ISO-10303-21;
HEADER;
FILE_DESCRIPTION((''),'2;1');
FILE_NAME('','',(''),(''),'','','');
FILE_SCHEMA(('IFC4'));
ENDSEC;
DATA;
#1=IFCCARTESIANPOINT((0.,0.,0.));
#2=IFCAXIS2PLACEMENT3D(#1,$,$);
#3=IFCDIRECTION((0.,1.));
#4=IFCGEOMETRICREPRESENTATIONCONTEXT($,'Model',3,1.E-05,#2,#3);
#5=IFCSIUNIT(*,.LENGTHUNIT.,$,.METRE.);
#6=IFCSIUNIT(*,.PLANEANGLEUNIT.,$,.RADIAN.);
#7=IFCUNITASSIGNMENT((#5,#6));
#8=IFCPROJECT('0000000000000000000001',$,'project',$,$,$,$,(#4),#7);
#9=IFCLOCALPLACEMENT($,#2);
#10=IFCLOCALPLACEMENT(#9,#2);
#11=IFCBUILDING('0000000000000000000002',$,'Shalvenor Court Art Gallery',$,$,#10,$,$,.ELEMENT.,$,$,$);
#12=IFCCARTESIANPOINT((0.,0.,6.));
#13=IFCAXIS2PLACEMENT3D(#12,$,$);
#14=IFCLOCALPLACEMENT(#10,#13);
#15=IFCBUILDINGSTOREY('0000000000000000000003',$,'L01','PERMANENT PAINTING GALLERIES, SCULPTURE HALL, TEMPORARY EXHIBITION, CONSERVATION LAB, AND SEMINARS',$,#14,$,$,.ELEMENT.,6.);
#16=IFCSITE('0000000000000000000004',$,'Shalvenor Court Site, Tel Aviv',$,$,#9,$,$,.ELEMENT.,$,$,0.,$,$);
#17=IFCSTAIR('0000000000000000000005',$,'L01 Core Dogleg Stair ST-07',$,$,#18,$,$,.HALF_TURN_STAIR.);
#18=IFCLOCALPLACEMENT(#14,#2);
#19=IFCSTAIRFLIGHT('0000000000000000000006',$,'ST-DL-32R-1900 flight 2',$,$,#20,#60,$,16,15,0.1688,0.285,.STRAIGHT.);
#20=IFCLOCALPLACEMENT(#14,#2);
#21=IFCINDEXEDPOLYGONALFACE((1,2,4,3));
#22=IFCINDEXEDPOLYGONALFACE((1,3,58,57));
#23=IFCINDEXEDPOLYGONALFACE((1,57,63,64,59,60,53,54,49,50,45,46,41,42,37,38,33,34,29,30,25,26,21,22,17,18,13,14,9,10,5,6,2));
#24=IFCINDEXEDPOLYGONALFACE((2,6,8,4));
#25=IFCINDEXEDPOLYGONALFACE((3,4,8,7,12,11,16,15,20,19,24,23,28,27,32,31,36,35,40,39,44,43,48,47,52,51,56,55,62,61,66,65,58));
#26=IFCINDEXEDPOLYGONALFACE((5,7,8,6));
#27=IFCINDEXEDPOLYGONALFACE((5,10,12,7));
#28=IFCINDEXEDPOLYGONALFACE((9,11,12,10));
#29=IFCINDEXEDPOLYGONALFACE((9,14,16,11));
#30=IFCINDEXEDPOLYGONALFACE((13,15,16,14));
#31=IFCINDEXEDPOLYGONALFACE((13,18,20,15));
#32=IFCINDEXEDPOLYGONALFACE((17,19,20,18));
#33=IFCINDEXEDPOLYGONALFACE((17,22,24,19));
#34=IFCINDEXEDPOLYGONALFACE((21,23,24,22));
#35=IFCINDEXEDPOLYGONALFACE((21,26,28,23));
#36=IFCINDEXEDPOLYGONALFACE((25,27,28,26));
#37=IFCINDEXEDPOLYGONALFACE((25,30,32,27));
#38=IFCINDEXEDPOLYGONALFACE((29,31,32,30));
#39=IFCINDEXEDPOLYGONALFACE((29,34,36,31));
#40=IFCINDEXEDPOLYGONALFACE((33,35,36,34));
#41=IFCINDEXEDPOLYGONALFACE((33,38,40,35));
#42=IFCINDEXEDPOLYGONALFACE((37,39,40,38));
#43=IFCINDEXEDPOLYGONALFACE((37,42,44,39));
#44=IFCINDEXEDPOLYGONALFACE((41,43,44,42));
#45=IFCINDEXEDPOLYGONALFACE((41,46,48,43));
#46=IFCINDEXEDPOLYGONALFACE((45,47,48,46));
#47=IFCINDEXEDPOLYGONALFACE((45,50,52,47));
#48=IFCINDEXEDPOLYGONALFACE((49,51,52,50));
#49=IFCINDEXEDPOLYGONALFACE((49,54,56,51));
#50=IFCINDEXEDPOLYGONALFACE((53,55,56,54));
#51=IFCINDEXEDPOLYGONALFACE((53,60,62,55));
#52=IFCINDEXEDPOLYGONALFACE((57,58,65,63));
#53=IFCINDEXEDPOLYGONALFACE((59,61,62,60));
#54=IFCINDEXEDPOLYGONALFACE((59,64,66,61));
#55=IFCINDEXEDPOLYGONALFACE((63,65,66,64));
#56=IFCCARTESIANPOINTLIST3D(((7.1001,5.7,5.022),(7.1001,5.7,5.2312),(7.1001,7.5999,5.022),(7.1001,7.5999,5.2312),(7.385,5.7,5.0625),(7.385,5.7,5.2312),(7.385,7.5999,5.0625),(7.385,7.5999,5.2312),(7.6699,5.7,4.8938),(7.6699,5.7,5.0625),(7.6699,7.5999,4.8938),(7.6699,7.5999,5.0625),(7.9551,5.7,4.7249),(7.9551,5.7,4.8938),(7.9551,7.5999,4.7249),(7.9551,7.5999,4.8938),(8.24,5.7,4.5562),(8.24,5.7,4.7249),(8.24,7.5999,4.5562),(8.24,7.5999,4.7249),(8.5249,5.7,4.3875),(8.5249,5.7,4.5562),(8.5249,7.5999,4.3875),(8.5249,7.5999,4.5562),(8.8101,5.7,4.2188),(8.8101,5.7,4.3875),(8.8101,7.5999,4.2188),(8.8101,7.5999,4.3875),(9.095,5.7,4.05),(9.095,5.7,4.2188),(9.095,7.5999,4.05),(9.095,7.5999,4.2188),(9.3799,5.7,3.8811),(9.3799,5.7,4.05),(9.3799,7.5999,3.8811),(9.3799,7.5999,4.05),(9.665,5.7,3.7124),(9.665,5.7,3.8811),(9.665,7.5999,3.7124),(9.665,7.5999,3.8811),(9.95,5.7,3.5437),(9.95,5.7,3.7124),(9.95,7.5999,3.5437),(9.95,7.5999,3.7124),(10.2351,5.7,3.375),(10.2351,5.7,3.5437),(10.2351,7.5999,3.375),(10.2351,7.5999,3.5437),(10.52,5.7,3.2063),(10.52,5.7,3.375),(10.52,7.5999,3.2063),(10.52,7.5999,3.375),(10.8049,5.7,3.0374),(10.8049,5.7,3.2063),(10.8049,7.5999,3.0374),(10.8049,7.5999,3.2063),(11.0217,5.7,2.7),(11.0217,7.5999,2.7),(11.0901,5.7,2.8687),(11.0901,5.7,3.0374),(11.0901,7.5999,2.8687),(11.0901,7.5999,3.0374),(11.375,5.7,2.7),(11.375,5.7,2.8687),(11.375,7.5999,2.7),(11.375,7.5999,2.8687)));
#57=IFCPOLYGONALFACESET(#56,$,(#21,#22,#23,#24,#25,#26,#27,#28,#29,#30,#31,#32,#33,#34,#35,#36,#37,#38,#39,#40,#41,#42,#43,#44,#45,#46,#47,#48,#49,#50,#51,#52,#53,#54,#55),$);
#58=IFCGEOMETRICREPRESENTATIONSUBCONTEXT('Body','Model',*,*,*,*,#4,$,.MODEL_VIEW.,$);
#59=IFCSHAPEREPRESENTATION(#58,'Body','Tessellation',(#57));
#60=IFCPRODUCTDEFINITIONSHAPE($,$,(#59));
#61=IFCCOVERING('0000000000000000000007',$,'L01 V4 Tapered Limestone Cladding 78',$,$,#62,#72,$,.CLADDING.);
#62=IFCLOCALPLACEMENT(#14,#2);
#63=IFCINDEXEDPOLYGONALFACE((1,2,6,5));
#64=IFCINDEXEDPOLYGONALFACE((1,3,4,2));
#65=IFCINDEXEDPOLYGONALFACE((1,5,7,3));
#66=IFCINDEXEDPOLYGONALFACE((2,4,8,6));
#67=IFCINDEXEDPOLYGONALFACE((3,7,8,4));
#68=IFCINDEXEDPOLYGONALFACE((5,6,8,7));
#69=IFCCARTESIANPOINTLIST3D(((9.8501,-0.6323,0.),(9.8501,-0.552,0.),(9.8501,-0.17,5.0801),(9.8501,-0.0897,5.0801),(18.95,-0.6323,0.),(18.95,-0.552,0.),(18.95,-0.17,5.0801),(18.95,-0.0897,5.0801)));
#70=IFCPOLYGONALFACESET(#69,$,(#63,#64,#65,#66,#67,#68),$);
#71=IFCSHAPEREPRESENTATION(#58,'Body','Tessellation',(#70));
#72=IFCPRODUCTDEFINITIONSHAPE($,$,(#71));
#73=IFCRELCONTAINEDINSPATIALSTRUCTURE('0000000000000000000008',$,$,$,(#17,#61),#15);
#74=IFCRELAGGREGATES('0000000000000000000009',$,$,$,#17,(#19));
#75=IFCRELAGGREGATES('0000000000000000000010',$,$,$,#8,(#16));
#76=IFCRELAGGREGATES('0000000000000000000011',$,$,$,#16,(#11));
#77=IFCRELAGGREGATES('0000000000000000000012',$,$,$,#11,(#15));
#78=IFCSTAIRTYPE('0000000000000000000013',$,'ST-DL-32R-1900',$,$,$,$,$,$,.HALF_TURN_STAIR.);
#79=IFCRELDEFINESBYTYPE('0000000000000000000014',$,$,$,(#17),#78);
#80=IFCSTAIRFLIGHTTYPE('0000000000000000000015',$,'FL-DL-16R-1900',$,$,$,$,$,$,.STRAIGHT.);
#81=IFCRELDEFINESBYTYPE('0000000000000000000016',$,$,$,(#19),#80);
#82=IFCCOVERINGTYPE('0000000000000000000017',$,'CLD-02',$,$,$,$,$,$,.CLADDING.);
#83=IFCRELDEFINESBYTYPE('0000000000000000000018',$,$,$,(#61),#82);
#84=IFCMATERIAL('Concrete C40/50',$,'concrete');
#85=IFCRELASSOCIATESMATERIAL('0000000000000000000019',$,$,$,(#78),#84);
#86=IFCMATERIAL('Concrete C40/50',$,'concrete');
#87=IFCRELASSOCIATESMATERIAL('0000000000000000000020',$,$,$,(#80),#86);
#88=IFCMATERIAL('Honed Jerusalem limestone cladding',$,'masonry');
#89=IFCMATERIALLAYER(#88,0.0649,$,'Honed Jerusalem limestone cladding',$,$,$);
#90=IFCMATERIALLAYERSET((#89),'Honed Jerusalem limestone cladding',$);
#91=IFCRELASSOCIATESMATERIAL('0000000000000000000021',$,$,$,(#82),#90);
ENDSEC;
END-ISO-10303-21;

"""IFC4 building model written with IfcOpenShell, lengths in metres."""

from ifc_helpers import new_model, si_unit, direction, frame, origin, place, context, subcontext, project, spatial, polyline, outline, extrude, material, layer, layer_set, type_object, element, aggregate, save


model = new_model("IFC4")

# Units and contexts
model_context = context("Model", 3, precision=1e-05, world=origin(), true_north=direction((0.0, 1.0)))
body_context = subcontext(model_context, "Body", "Model", "MODEL_VIEW")
ifc_project = project(units=[si_unit("LENGTHUNIT", "METRE"), si_unit("PLANEANGLEUNIT", "RADIAN")], contexts=[model_context])

# Site, building, storey
site_placement = place(None, origin())
site = spatial("IfcSite", under=ifc_project, at=site_placement, Name="Shalvenor Court Site, Tel Aviv", CompositionType="ELEMENT", RefElevation=0.0)
building_placement = place(site_placement, origin())
building = spatial("IfcBuilding", under=site, at=building_placement, Name="Shalvenor Court Art Gallery", CompositionType="ELEMENT")
storey_placement = place(building_placement, frame((0.0, 0.0, 6.0)))
storey = spatial("IfcBuildingStorey", under=building, at=storey_placement, Name="L01", Description="PERMANENT PAINTING GALLERIES, SCULPTURE HALL, TEMPORARY EXHIBITION, CONSERVATION LAB, AND SEMINARS", CompositionType="ELEMENT", Elevation=6.0)

# Stair, stair flight
ifc_material_1 = material(Name="Concrete C40/50", Category="concrete")
stair_type = type_object("IfcStairType", Name="ST-DL-32R-1900", PredefinedType="HALF_TURN_STAIR", material=ifc_material_1)
stair_placement = place(storey_placement, origin())
stair = element("IfcStair", 1, at=stair_placement, inside=storey, type_object=stair_type, Name="L01 Core Dogleg Stair ST-07", PredefinedType="HALF_TURN_STAIR")
ifc_material_2 = material(Name="Concrete C40/50", Category="concrete")
stair_flight_type = type_object("IfcStairFlightType", Name="FL-DL-16R-1900", PredefinedType="STRAIGHT", material=ifc_material_2)
stair_flight_1_placement = place(storey_placement, frame((11.375, 6.6499, 2.7), z_axis=(0.0, 0.0, 1.0), x_axis=(-1.0, 0.0, 0.0)))
stair_flight_1 = element("IfcStairFlight", 2, at=stair_flight_1_placement, type_object=stair_flight_type, Name="ST-DL-32R-1900 flight 2", NumberOfRisers=16, NumberOfTreads=15, PredefinedType="STRAIGHT", RiserHeight=0.1688, TreadLength=0.285, context=body_context, shape_type="SweptSolid", body=[
    extrude(outline(polyline([(0.0, 0.0), (0.0, 0.1687), (0.2849, 0.1687), (0.2849, 0.3374), (0.5701, 0.3374), (0.5701, 0.5063), (0.855, 0.5063), (0.855, 0.675), (1.1399, 0.675), (1.1399, 0.8438), (1.425, 0.8438), (1.425, 1.0125), (1.71, 1.0125), (1.71, 1.1812), (1.9951, 1.1812), (1.9951, 1.3501), (2.28, 1.3501), (2.28, 1.5188), (2.5649, 1.5188), (2.5649, 1.6875), (2.8501, 1.6875), (2.8501, 1.8562), (3.135, 1.8562), (3.135, 2.0249), (3.4199, 2.0249), (3.4199, 2.1938), (3.7051, 2.1938), (3.7051, 2.3625), (3.99, 2.3625), (3.99, 2.5312), (4.2749, 2.5312), (4.2749, 2.7), (4.2749, 2.322), (0.3533, 0.0), (0.0, 0.0)])), frame((0.0, 0.95, 0.0), z_axis=(0.0, -1.0, 0.0), x_axis=(1.0, 0.0, 0.0)), (0.0, 0.0, 1.0), 1.8999),
])
aggregate(stair, [stair_flight_1])

# Covering
ifc_material_3 = material(Name="Honed Jerusalem limestone cladding", Category="masonry")
ifc_layer_1 = layer(ifc_material_3, 0.0649, Name="Honed Jerusalem limestone cladding")
ifc_layer_set_1 = layer_set([ifc_layer_1], Name="Honed Jerusalem limestone cladding")
covering_type = type_object("IfcCoveringType", Name="CLD-02", PredefinedType="CLADDING", material=ifc_layer_set_1)
covering_placement = place(storey_placement, frame((9.8501, -0.6323, 0.0), z_axis=(0.0, 0.0, 1.0), x_axis=(1.0, 0.0, 0.0)))
element("IfcCovering", 3, at=covering_placement, inside=storey, type_object=covering_type, Name="L01 V4 Tapered Limestone Cladding 78", PredefinedType="CLADDING", context=body_context, shape_type="SweptSolid", body=[
    extrude(outline(polyline([(0.0, 0.0), (9.0999, 0.0), (9.0999, 5.1011), (0.0, 5.1011), (0.0, 0.0)])), frame((0.0, 0.0, 0.0), z_axis=(0.0, -0.995884, 0.090633), x_axis=(1.0, 0.0, 0.0)), (0.0, 0.090633, -0.995884), 0.0803),
])

save(model, "model.ifc")
